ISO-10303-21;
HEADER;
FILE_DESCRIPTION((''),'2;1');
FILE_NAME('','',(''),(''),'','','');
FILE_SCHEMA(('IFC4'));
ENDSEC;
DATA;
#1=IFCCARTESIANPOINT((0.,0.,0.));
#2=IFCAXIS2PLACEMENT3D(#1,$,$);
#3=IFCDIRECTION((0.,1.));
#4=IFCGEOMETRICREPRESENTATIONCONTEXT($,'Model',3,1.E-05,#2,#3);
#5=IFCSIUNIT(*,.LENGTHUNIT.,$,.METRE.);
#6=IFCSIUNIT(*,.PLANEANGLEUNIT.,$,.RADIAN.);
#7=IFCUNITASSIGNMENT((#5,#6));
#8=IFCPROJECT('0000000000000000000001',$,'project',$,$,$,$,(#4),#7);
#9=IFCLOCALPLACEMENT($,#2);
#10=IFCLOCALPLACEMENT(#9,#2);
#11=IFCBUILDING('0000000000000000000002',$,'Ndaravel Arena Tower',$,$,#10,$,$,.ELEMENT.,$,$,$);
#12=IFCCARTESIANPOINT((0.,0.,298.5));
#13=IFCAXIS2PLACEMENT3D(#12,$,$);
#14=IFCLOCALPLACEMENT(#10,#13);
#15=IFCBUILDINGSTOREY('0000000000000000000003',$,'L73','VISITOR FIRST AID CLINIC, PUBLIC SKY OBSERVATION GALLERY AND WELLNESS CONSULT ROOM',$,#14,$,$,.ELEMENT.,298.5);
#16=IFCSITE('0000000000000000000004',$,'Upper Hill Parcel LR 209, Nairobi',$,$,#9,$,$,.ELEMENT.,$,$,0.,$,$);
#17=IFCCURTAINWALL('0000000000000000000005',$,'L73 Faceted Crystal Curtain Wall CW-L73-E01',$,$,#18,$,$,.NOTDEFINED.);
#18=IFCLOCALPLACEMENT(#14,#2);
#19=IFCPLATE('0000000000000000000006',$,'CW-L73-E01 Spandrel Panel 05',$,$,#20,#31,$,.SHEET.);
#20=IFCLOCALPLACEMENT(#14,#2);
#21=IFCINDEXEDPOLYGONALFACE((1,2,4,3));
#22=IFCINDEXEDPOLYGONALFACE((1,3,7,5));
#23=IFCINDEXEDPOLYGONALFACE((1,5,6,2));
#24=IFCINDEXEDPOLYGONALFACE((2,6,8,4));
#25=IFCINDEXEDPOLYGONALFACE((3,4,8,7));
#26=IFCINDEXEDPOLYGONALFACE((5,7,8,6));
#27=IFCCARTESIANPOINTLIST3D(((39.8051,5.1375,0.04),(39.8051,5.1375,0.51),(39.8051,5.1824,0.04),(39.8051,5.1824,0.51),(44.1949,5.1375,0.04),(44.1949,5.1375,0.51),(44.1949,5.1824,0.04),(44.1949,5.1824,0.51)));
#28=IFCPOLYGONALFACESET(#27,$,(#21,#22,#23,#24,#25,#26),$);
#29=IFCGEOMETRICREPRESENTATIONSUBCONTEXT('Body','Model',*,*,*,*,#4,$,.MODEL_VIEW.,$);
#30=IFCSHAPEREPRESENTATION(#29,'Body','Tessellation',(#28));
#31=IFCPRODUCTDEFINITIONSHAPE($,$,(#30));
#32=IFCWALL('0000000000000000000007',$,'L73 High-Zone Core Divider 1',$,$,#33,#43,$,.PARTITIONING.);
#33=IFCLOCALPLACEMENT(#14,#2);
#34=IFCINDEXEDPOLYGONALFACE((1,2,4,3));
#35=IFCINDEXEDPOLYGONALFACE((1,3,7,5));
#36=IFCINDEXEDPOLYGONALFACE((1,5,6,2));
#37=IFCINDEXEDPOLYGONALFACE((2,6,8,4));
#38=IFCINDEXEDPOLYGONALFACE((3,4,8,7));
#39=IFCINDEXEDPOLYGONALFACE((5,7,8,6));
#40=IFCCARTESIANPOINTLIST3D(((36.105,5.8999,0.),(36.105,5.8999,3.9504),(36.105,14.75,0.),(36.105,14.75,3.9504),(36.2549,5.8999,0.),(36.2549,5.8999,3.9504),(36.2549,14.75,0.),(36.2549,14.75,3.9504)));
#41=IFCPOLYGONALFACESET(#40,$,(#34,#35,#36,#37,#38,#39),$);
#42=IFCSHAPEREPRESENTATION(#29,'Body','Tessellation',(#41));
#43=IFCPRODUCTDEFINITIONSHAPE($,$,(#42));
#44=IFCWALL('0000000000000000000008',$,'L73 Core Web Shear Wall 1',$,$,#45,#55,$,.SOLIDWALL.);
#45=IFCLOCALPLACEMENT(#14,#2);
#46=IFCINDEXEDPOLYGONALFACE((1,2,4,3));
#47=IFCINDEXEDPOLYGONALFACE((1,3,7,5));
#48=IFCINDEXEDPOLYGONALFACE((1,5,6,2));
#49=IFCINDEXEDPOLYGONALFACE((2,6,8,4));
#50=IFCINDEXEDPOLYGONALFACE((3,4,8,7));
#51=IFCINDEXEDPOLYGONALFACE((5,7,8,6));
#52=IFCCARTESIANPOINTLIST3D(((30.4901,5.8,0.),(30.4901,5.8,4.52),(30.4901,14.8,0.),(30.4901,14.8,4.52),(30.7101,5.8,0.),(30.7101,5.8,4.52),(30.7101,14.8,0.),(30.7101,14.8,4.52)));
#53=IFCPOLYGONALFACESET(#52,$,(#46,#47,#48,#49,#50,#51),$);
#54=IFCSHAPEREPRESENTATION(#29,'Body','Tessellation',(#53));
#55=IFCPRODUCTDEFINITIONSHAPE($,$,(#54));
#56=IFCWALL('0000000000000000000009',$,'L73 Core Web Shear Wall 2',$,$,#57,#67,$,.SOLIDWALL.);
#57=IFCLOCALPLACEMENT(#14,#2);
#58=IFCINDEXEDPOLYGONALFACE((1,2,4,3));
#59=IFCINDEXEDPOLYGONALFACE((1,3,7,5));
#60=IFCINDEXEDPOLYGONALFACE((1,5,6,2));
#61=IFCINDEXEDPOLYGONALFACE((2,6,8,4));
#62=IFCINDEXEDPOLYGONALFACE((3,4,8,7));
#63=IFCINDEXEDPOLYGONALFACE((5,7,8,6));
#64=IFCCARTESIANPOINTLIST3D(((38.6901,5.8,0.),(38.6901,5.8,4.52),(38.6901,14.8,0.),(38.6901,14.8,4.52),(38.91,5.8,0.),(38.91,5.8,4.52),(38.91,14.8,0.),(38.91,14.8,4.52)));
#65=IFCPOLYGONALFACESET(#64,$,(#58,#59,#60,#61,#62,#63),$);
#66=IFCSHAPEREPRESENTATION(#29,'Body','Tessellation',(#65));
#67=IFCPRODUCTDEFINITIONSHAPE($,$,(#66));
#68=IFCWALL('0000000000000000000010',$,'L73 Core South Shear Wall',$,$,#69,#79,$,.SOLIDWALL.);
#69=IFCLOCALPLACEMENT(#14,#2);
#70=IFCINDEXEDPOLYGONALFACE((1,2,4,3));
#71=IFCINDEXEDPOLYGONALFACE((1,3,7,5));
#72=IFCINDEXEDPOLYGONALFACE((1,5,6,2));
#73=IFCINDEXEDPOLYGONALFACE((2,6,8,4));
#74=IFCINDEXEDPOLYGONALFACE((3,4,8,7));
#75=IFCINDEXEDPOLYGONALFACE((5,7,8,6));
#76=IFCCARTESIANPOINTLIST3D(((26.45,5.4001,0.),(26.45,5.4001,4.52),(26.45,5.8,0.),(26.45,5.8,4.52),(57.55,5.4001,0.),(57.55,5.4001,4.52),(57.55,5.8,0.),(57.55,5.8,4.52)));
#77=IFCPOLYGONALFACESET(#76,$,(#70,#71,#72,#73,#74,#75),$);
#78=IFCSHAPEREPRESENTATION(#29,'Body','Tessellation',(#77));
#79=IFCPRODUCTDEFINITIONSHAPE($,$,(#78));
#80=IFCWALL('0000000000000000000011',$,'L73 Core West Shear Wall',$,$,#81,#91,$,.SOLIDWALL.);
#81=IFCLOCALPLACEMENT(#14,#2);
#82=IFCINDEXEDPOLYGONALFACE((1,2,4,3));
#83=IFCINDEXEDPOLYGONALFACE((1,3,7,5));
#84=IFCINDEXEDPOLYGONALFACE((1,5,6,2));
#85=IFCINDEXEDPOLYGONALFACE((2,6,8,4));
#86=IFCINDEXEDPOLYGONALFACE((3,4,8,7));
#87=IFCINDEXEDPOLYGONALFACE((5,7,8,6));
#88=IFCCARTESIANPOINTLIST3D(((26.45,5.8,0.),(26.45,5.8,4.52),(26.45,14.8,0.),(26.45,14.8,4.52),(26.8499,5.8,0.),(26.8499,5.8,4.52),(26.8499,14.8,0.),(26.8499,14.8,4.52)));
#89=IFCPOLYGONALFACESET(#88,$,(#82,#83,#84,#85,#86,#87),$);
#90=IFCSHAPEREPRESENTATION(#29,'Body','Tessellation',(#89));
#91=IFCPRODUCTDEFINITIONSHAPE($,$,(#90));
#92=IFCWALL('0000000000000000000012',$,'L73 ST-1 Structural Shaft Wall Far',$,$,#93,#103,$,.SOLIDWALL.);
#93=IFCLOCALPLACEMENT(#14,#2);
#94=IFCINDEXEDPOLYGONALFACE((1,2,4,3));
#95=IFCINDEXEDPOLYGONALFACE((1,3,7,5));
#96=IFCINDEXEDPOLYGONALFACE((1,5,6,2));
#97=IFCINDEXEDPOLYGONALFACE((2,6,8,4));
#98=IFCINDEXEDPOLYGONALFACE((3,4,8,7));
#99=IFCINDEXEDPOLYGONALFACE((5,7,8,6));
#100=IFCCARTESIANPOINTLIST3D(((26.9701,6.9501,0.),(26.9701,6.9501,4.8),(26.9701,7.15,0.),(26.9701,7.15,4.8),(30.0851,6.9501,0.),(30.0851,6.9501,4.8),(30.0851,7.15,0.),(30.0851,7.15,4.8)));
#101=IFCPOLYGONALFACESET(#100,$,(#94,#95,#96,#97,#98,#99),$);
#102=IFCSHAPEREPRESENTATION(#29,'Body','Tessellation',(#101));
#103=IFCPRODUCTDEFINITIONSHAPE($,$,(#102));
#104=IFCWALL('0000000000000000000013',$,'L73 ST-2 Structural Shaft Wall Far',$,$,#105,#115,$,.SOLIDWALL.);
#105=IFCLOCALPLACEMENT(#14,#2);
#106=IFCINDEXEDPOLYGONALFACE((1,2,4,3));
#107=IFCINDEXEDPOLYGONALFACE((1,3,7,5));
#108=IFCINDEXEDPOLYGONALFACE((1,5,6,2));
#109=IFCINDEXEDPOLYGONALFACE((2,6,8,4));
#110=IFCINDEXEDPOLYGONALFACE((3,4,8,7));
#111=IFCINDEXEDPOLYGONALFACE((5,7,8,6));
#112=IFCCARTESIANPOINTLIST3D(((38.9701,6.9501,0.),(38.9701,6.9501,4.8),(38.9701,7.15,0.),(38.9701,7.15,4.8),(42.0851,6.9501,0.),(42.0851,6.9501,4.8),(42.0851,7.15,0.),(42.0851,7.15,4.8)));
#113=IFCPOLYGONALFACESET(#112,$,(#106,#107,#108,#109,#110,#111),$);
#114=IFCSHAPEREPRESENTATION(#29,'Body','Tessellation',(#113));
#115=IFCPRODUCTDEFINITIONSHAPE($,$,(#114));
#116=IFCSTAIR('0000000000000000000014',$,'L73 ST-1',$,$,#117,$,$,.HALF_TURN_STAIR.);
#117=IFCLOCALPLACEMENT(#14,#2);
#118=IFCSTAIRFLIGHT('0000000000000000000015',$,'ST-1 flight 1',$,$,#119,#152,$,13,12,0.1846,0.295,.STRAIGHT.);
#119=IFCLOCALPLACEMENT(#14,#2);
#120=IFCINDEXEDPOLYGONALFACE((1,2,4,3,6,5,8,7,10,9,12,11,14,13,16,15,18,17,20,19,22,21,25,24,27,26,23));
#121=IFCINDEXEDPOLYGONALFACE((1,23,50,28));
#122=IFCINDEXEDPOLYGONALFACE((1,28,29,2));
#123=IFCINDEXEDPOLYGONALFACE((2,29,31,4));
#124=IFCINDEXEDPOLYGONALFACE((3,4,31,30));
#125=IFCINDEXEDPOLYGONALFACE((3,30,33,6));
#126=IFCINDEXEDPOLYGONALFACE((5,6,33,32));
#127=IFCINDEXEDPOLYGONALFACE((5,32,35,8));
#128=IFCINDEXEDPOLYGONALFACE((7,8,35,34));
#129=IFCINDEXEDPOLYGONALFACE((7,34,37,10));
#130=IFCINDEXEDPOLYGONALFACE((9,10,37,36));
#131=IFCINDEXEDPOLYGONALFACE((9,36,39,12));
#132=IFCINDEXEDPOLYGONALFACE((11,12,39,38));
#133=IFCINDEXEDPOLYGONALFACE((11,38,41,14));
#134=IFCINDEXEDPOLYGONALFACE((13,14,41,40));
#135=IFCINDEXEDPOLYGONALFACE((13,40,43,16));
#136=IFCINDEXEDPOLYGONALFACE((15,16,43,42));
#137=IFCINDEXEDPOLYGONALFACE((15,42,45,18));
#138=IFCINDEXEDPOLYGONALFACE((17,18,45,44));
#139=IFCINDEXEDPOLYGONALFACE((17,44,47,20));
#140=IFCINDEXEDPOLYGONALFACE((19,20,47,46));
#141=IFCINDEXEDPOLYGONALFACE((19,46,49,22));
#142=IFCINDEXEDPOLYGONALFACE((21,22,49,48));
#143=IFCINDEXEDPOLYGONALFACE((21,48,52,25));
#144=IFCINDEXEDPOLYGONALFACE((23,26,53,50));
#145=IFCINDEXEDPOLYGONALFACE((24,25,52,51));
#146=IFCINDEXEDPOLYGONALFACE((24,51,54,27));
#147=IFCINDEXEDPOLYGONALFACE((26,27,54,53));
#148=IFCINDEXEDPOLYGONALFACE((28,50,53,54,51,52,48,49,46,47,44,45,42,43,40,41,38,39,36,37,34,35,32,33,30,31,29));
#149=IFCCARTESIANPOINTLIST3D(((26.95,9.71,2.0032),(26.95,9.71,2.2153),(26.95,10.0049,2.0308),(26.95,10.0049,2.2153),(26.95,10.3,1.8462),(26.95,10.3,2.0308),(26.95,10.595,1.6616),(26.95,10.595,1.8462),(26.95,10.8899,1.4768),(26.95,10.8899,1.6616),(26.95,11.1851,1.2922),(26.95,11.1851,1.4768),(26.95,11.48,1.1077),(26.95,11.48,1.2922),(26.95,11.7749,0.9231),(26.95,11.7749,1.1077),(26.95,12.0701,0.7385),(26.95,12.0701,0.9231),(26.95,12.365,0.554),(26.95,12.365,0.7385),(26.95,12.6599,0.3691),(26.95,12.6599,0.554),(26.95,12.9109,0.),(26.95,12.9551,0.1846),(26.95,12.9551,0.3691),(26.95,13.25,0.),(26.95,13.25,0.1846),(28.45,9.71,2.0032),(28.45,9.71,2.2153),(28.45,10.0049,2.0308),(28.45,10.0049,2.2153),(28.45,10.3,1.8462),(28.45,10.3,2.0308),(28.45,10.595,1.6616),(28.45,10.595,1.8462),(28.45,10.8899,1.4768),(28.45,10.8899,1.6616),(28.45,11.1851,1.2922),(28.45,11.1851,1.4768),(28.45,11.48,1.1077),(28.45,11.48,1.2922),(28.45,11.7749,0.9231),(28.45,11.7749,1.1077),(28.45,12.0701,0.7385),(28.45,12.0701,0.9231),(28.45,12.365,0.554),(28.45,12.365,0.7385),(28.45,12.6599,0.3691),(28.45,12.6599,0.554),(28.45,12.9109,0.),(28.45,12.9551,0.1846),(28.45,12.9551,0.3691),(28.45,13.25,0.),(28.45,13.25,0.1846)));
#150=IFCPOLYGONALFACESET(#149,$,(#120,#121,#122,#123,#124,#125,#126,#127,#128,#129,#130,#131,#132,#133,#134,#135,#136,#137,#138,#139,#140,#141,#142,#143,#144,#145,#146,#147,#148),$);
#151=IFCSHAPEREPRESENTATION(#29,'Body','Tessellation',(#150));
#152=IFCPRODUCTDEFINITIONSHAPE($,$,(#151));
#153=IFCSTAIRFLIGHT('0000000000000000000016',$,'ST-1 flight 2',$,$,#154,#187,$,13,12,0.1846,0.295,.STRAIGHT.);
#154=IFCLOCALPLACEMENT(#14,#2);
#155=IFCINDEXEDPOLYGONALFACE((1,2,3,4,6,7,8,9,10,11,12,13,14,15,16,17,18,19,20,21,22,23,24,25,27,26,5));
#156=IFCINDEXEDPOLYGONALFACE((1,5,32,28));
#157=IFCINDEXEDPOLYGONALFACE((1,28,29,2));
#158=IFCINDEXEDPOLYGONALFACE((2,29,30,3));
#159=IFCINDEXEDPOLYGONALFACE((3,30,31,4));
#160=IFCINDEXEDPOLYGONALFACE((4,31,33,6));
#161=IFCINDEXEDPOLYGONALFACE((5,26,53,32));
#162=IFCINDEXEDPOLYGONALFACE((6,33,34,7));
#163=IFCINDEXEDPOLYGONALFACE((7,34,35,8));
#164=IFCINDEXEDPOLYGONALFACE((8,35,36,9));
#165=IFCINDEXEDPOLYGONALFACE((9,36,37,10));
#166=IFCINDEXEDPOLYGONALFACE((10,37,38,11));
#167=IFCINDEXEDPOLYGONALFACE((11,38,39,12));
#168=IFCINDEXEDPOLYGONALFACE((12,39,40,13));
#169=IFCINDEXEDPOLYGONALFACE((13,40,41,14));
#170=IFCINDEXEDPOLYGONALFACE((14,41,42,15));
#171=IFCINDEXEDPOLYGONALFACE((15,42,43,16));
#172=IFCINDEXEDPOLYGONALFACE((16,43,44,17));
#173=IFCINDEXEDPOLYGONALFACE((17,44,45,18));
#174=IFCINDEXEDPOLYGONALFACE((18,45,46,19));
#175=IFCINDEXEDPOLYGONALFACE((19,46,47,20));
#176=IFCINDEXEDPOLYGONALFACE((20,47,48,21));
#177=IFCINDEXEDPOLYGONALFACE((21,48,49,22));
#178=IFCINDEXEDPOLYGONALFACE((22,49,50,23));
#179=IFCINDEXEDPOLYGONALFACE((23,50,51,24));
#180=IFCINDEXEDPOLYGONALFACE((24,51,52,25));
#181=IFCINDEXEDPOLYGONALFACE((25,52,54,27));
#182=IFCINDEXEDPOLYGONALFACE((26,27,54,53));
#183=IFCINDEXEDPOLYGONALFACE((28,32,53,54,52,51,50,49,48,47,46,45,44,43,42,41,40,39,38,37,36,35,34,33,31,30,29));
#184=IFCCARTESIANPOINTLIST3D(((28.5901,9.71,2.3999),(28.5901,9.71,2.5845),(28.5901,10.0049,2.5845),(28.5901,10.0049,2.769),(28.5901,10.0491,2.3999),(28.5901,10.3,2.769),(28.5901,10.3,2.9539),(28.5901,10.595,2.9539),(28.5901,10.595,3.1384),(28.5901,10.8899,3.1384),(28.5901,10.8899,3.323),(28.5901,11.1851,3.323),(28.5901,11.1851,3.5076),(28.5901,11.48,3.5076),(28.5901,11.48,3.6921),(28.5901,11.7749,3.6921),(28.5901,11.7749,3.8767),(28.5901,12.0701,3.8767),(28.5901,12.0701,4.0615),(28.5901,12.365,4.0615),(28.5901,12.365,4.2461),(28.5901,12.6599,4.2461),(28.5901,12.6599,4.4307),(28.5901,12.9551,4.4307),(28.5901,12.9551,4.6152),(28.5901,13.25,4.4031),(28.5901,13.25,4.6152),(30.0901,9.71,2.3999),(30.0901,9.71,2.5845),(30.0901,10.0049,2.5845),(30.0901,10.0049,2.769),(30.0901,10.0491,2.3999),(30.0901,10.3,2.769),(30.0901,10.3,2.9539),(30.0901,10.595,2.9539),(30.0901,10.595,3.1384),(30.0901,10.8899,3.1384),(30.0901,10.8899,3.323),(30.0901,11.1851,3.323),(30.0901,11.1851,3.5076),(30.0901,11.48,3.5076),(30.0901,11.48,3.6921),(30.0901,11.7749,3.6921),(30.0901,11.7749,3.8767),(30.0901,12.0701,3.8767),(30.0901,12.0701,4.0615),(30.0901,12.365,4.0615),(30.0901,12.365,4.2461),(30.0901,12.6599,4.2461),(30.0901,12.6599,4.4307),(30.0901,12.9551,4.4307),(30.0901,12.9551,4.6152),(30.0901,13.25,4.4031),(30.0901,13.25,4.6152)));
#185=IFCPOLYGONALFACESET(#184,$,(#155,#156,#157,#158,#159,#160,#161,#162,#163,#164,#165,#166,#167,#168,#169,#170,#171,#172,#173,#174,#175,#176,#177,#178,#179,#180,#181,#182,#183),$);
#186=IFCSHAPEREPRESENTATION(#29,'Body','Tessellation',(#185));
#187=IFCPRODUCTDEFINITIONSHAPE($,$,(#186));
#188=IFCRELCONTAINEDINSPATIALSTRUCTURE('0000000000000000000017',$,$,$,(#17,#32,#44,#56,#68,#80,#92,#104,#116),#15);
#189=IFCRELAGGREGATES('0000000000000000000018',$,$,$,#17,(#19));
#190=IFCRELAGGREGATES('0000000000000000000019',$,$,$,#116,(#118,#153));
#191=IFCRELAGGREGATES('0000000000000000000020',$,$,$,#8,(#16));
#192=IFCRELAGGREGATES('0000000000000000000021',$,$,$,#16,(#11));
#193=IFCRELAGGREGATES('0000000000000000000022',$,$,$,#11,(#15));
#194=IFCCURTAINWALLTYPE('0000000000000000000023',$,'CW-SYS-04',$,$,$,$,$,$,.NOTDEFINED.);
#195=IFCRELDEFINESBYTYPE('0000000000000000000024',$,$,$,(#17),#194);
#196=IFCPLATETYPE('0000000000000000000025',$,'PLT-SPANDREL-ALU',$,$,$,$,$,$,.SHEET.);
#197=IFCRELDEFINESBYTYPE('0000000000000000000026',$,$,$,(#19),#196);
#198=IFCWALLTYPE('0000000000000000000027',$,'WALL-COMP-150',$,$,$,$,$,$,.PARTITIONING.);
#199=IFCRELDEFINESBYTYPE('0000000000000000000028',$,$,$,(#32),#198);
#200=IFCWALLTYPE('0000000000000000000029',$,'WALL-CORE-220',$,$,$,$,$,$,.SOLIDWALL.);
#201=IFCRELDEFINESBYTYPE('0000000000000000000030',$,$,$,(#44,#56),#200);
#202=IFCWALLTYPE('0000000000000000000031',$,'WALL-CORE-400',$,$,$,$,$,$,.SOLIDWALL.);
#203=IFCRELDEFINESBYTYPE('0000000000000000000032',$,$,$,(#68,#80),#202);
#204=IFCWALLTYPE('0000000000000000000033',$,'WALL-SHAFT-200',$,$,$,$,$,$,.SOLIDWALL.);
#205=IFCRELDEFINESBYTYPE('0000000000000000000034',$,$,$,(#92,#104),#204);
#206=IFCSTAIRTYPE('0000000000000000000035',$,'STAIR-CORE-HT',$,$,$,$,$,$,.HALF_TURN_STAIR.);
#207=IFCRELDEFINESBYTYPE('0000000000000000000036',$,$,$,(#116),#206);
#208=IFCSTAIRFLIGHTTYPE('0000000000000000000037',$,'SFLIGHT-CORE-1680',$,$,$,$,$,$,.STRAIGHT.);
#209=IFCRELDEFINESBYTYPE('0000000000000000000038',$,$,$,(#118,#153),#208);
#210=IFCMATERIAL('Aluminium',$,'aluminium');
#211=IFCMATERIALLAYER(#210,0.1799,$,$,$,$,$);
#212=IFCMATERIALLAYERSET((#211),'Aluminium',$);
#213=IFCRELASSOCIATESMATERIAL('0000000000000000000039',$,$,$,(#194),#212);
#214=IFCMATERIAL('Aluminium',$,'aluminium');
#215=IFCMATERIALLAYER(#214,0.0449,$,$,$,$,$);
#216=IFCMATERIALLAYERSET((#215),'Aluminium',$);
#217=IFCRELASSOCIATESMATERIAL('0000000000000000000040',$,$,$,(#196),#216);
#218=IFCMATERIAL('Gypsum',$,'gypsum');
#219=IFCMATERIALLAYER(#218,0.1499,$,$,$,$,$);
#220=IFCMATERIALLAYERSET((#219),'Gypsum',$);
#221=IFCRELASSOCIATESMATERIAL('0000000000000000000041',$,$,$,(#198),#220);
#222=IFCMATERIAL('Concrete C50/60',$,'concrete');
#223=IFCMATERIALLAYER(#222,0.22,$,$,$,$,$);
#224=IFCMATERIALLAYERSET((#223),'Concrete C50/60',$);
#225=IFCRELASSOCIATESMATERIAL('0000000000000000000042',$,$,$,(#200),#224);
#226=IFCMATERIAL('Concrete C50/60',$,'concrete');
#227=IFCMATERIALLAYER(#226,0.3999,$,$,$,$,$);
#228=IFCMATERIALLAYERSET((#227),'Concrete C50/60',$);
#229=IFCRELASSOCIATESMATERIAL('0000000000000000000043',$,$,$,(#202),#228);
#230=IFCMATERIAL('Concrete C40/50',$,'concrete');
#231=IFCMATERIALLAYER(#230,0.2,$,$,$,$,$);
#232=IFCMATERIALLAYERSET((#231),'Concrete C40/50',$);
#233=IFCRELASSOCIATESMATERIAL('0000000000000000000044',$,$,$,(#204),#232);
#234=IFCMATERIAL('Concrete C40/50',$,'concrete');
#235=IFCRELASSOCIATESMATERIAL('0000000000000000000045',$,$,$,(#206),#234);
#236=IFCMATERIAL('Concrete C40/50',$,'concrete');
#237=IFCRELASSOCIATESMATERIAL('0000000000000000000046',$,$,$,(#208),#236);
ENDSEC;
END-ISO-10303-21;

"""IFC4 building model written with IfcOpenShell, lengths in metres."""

from ifc_helpers import new_model, si_unit, direction, frame, frame_2d, origin, origin_2d, place, context, subcontext, project, spatial, polyline, rectangle, outline, extrude, material, layer, layer_set, type_object, element, aggregate, save


model = new_model("IFC4")

# Units and contexts
model_context = context("Model", 3, precision=1e-05, world=origin(), true_north=direction((0.0, 1.0)))
body_context = subcontext(model_context, "Body", "Model", "MODEL_VIEW")
ifc_project = project(units=[si_unit("LENGTHUNIT", "METRE"), si_unit("PLANEANGLEUNIT", "RADIAN")], contexts=[model_context])

# Site, building, storey
site_placement = place(None, origin())
site = spatial("IfcSite", under=ifc_project, at=site_placement, Name="Upper Hill Parcel LR 209, Nairobi", CompositionType="ELEMENT", RefElevation=0.0)
building_placement = place(site_placement, origin())
building = spatial("IfcBuilding", under=site, at=building_placement, Name="Ndaravel Arena Tower", CompositionType="ELEMENT")
storey_placement = place(building_placement, frame((0.0, 0.0, 298.5)))
storey = spatial("IfcBuildingStorey", under=building, at=storey_placement, Name="L73", Description="VISITOR FIRST AID CLINIC, PUBLIC SKY OBSERVATION GALLERY AND WELLNESS CONSULT ROOM", CompositionType="ELEMENT", Elevation=298.5)

# Curtain wall, plate
ifc_material_1 = material(Name="Aluminium", Category="aluminium")
ifc_layer_1 = layer(ifc_material_1, 0.1799)
ifc_layer_set_1 = layer_set([ifc_layer_1], Name="Aluminium")
curtain_wall_type = type_object("IfcCurtainWallType", Name="CW-SYS-04", PredefinedType="NOTDEFINED", material=ifc_layer_set_1)
curtain_wall_placement = place(storey_placement, origin())
curtain_wall = element("IfcCurtainWall", 1, at=curtain_wall_placement, inside=storey, type_object=curtain_wall_type, Name="L73 Faceted Crystal Curtain Wall CW-L73-E01", PredefinedType="NOTDEFINED")
ifc_material_2 = material(Name="Aluminium", Category="aluminium")
ifc_layer_2 = layer(ifc_material_2, 0.0449)
ifc_layer_set_2 = layer_set([ifc_layer_2], Name="Aluminium")
plate_type_1 = type_object("IfcPlateType", Name="PLT-SPANDREL-ALU", PredefinedType="SHEET", material=ifc_layer_set_2)
plate_1_placement = place(storey_placement, frame((42.0, 5.1599, 0.04), z_axis=(0.0, 0.0, 1.0), x_axis=(1.0, 0.0, 0.0)))
plate_1 = element("IfcPlate", 2, at=plate_1_placement, type_object=plate_type_1, Name="CW-L73-E01 Spandrel Panel 05", PredefinedType="SHEET", context=body_context, shape_type="SweptSolid", body=[
    extrude(rectangle(XDim=4.3899, YDim=0.0449, at=origin_2d()), origin(), (0.0, 0.0, 1.0), 0.47),
])
aggregate(curtain_wall, [plate_1])

# Walls
ifc_material_3 = material(Name="Gypsum", Category="gypsum")
ifc_layer_3 = layer(ifc_material_3, 0.1499)
ifc_layer_set_3 = layer_set([ifc_layer_3], Name="Gypsum")
wall_type_1 = type_object("IfcWallType", Name="WALL-COMP-150", PredefinedType="PARTITIONING", material=ifc_layer_set_3)
wall_1_placement = place(storey_placement, frame((36.1799, 5.8999, 0.0), z_axis=(0.0, 0.0, 1.0), x_axis=(0.0, 1.0, 0.0)))
element("IfcWall", 3, at=wall_1_placement, inside=storey, type_object=wall_type_1, Name="L73 High-Zone Core Divider 1", PredefinedType="PARTITIONING", context=body_context, shape_type="SweptSolid", body=[
    extrude(rectangle(XDim=8.8501, YDim=0.1499, at=frame_2d((4.425, 0.0))), origin(), (0.0, 0.0, 1.0), 3.9504),
])
ifc_material_4 = material(Name="Concrete C50/60", Category="concrete")
ifc_layer_4 = layer(ifc_material_4, 0.22)
ifc_layer_set_4 = layer_set([ifc_layer_4], Name="Concrete C50/60")
wall_type_2 = type_object("IfcWallType", Name="WALL-CORE-220", PredefinedType="SOLIDWALL", material=ifc_layer_set_4)
for number, where, z_axis, x_axis, name in (
    (4, (30.6001, 5.8, 0.0), (0.0, 0.0, 1.0), (0.0, 1.0, 0.0), "L73 Core Web Shear Wall 1"),
    (5, (38.8, 5.8, 0.0), (0.0, 0.0, 1.0), (0.0, 1.0, 0.0), "L73 Core Web Shear Wall 2"),
):
    element("IfcWall", number, at=place(storey_placement, frame(where, z_axis=z_axis, x_axis=x_axis)), inside=storey, type_object=wall_type_2, Name=name, PredefinedType="SOLIDWALL", context=body_context, shape_type="SweptSolid", body=[
        extrude(rectangle(XDim=9.0, YDim=0.22, at=frame_2d((4.5, 0.0))), origin(), (0.0, 0.0, 1.0), 4.52),
    ])
ifc_material_5 = material(Name="Concrete C50/60", Category="concrete")
ifc_layer_5 = layer(ifc_material_5, 0.3999)
ifc_layer_set_5 = layer_set([ifc_layer_5], Name="Concrete C50/60")
wall_type_3 = type_object("IfcWallType", Name="WALL-CORE-400", PredefinedType="SOLIDWALL", material=ifc_layer_set_5)
wall_2_placement = place(storey_placement, frame((26.45, 5.6001, 0.0), z_axis=(0.0, 0.0, 1.0), x_axis=(1.0, 0.0, 0.0)))
element("IfcWall", 6, at=wall_2_placement, inside=storey, type_object=wall_type_3, Name="L73 Core South Shear Wall", PredefinedType="SOLIDWALL", context=body_context, shape_type="SweptSolid", body=[
    extrude(rectangle(XDim=31.1001, YDim=0.3999, at=frame_2d((15.55, 0.0))), origin(), (0.0, 0.0, 1.0), 4.52),
])
wall_3_placement = place(storey_placement, frame((26.6499, 5.8, 0.0), z_axis=(0.0, 0.0, 1.0), x_axis=(0.0, 1.0, 0.0)))
element("IfcWall", 7, at=wall_3_placement, inside=storey, type_object=wall_type_3, Name="L73 Core West Shear Wall", PredefinedType="SOLIDWALL", context=body_context, shape_type="SweptSolid", body=[
    extrude(rectangle(XDim=9.0, YDim=0.3999, at=frame_2d((4.5, 0.0))), origin(), (0.0, 0.0, 1.0), 4.52),
])
ifc_material_6 = material(Name="Concrete C40/50", Category="concrete")
ifc_layer_6 = layer(ifc_material_6, 0.2)
ifc_layer_set_6 = layer_set([ifc_layer_6], Name="Concrete C40/50")
wall_type_4 = type_object("IfcWallType", Name="WALL-SHAFT-200", PredefinedType="SOLIDWALL", material=ifc_layer_set_6)
for number, where, z_axis, x_axis, name in (
    (8, (26.97, 7.05, 0.0), (0.0, 0.0, 1.0), (1.0, 0.0, 0.0), "L73 ST-1 Structural Shaft Wall Far"),
    (9, (38.97, 7.05, 0.0), (0.0, 0.0, 1.0), (1.0, 0.0, 0.0), "L73 ST-2 Structural Shaft Wall Far"),
):
    element("IfcWall", number, at=place(storey_placement, frame(where, z_axis=z_axis, x_axis=x_axis)), inside=storey, type_object=wall_type_4, Name=name, PredefinedType="SOLIDWALL", context=body_context, shape_type="SweptSolid", body=[
        extrude(rectangle(XDim=3.115, YDim=0.2, at=frame_2d((1.5576, 0.0))), origin(), (0.0, 0.0, 1.0), 4.8),
    ])

# Stair, stair flights
ifc_material_7 = material(Name="Concrete C40/50", Category="concrete")
stair_type = type_object("IfcStairType", Name="STAIR-CORE-HT", PredefinedType="HALF_TURN_STAIR", material=ifc_material_7)
stair_1_placement = place(storey_placement, origin())
stair_1 = element("IfcStair", 10, at=stair_1_placement, inside=storey, type_object=stair_type, Name="L73 ST-1", PredefinedType="HALF_TURN_STAIR")
ifc_material_8 = material(Name="Concrete C40/50", Category="concrete")
stair_flight_type = type_object("IfcStairFlightType", Name="SFLIGHT-CORE-1680", PredefinedType="STRAIGHT", material=ifc_material_8)
stair_flight_1_placement = place(storey_placement, frame((27.7, 13.25, 0.0), z_axis=(0.0, 0.0, 1.0), x_axis=(0.0, -1.0, 0.0)))
stair_flight_1 = element("IfcStairFlight", 11, at=stair_flight_1_placement, type_object=stair_flight_type, Name="ST-1 flight 1", NumberOfRisers=13, NumberOfTreads=12, PredefinedType="STRAIGHT", RiserHeight=0.1846, TreadLength=0.295, context=body_context, shape_type="SweptSolid", body=[
    extrude(outline(polyline([(0.0, 0.0), (0.0, 0.1846), (0.2949, 0.1846), (0.2949, 0.3691), (0.5901, 0.3691), (0.5901, 0.554), (0.885, 0.554), (0.885, 0.7385), (1.1799, 0.7385), (1.1799, 0.9231), (1.4751, 0.9231), (1.4751, 1.1077), (1.77, 1.1077), (1.77, 1.2922), (2.0649, 1.2922), (2.0649, 1.4768), (2.3601, 1.4768), (2.3601, 1.6616), (2.655, 1.6616), (2.655, 1.8462), (2.95, 1.8462), (2.95, 2.0308), (3.2451, 2.0308), (3.2451, 2.2153), (3.54, 2.2153), (3.54, 2.3999), (3.54, 2.0032), (0.3391, 0.0), (0.0, 0.0)])), frame((0.0, 0.75, 0.0), z_axis=(0.0, -1.0, 0.0), x_axis=(1.0, 0.0, 0.0)), (0.0, 0.0, 1.0), 1.5),
])
stair_flight_2_placement = place(storey_placement, frame((29.3401, 9.71, 2.3999), z_axis=(0.0, 0.0, 1.0), x_axis=(0.0, 1.0, 0.0)))
stair_flight_2 = element("IfcStairFlight", 12, at=stair_flight_2_placement, type_object=stair_flight_type, Name="ST-1 flight 2", NumberOfRisers=13, NumberOfTreads=12, PredefinedType="STRAIGHT", RiserHeight=0.1846, TreadLength=0.295, context=body_context, shape_type="SweptSolid", body=[
    extrude(outline(polyline([(0.0, 0.0), (0.0, 0.1846), (0.2949, 0.1846), (0.2949, 0.3691), (0.5901, 0.3691), (0.5901, 0.554), (0.885, 0.554), (0.885, 0.7385), (1.1799, 0.7385), (1.1799, 0.9231), (1.4751, 0.9231), (1.4751, 1.1077), (1.77, 1.1077), (1.77, 1.2922), (2.0649, 1.2922), (2.0649, 1.4768), (2.3601, 1.4768), (2.3601, 1.6616), (2.655, 1.6616), (2.655, 1.8462), (2.95, 1.8462), (2.95, 2.0308), (3.2451, 2.0308), (3.2451, 2.2153), (3.54, 2.2153), (3.54, 2.3999), (3.54, 2.0032), (0.3391, 0.0), (0.0, 0.0)])), frame((0.0, 0.75, 0.0), z_axis=(0.0, -1.0, 0.0), x_axis=(1.0, 0.0, 0.0)), (0.0, 0.0, 1.0), 1.5),
])
aggregate(stair_1, [stair_flight_1, stair_flight_2])

save(model, "model.ifc")
